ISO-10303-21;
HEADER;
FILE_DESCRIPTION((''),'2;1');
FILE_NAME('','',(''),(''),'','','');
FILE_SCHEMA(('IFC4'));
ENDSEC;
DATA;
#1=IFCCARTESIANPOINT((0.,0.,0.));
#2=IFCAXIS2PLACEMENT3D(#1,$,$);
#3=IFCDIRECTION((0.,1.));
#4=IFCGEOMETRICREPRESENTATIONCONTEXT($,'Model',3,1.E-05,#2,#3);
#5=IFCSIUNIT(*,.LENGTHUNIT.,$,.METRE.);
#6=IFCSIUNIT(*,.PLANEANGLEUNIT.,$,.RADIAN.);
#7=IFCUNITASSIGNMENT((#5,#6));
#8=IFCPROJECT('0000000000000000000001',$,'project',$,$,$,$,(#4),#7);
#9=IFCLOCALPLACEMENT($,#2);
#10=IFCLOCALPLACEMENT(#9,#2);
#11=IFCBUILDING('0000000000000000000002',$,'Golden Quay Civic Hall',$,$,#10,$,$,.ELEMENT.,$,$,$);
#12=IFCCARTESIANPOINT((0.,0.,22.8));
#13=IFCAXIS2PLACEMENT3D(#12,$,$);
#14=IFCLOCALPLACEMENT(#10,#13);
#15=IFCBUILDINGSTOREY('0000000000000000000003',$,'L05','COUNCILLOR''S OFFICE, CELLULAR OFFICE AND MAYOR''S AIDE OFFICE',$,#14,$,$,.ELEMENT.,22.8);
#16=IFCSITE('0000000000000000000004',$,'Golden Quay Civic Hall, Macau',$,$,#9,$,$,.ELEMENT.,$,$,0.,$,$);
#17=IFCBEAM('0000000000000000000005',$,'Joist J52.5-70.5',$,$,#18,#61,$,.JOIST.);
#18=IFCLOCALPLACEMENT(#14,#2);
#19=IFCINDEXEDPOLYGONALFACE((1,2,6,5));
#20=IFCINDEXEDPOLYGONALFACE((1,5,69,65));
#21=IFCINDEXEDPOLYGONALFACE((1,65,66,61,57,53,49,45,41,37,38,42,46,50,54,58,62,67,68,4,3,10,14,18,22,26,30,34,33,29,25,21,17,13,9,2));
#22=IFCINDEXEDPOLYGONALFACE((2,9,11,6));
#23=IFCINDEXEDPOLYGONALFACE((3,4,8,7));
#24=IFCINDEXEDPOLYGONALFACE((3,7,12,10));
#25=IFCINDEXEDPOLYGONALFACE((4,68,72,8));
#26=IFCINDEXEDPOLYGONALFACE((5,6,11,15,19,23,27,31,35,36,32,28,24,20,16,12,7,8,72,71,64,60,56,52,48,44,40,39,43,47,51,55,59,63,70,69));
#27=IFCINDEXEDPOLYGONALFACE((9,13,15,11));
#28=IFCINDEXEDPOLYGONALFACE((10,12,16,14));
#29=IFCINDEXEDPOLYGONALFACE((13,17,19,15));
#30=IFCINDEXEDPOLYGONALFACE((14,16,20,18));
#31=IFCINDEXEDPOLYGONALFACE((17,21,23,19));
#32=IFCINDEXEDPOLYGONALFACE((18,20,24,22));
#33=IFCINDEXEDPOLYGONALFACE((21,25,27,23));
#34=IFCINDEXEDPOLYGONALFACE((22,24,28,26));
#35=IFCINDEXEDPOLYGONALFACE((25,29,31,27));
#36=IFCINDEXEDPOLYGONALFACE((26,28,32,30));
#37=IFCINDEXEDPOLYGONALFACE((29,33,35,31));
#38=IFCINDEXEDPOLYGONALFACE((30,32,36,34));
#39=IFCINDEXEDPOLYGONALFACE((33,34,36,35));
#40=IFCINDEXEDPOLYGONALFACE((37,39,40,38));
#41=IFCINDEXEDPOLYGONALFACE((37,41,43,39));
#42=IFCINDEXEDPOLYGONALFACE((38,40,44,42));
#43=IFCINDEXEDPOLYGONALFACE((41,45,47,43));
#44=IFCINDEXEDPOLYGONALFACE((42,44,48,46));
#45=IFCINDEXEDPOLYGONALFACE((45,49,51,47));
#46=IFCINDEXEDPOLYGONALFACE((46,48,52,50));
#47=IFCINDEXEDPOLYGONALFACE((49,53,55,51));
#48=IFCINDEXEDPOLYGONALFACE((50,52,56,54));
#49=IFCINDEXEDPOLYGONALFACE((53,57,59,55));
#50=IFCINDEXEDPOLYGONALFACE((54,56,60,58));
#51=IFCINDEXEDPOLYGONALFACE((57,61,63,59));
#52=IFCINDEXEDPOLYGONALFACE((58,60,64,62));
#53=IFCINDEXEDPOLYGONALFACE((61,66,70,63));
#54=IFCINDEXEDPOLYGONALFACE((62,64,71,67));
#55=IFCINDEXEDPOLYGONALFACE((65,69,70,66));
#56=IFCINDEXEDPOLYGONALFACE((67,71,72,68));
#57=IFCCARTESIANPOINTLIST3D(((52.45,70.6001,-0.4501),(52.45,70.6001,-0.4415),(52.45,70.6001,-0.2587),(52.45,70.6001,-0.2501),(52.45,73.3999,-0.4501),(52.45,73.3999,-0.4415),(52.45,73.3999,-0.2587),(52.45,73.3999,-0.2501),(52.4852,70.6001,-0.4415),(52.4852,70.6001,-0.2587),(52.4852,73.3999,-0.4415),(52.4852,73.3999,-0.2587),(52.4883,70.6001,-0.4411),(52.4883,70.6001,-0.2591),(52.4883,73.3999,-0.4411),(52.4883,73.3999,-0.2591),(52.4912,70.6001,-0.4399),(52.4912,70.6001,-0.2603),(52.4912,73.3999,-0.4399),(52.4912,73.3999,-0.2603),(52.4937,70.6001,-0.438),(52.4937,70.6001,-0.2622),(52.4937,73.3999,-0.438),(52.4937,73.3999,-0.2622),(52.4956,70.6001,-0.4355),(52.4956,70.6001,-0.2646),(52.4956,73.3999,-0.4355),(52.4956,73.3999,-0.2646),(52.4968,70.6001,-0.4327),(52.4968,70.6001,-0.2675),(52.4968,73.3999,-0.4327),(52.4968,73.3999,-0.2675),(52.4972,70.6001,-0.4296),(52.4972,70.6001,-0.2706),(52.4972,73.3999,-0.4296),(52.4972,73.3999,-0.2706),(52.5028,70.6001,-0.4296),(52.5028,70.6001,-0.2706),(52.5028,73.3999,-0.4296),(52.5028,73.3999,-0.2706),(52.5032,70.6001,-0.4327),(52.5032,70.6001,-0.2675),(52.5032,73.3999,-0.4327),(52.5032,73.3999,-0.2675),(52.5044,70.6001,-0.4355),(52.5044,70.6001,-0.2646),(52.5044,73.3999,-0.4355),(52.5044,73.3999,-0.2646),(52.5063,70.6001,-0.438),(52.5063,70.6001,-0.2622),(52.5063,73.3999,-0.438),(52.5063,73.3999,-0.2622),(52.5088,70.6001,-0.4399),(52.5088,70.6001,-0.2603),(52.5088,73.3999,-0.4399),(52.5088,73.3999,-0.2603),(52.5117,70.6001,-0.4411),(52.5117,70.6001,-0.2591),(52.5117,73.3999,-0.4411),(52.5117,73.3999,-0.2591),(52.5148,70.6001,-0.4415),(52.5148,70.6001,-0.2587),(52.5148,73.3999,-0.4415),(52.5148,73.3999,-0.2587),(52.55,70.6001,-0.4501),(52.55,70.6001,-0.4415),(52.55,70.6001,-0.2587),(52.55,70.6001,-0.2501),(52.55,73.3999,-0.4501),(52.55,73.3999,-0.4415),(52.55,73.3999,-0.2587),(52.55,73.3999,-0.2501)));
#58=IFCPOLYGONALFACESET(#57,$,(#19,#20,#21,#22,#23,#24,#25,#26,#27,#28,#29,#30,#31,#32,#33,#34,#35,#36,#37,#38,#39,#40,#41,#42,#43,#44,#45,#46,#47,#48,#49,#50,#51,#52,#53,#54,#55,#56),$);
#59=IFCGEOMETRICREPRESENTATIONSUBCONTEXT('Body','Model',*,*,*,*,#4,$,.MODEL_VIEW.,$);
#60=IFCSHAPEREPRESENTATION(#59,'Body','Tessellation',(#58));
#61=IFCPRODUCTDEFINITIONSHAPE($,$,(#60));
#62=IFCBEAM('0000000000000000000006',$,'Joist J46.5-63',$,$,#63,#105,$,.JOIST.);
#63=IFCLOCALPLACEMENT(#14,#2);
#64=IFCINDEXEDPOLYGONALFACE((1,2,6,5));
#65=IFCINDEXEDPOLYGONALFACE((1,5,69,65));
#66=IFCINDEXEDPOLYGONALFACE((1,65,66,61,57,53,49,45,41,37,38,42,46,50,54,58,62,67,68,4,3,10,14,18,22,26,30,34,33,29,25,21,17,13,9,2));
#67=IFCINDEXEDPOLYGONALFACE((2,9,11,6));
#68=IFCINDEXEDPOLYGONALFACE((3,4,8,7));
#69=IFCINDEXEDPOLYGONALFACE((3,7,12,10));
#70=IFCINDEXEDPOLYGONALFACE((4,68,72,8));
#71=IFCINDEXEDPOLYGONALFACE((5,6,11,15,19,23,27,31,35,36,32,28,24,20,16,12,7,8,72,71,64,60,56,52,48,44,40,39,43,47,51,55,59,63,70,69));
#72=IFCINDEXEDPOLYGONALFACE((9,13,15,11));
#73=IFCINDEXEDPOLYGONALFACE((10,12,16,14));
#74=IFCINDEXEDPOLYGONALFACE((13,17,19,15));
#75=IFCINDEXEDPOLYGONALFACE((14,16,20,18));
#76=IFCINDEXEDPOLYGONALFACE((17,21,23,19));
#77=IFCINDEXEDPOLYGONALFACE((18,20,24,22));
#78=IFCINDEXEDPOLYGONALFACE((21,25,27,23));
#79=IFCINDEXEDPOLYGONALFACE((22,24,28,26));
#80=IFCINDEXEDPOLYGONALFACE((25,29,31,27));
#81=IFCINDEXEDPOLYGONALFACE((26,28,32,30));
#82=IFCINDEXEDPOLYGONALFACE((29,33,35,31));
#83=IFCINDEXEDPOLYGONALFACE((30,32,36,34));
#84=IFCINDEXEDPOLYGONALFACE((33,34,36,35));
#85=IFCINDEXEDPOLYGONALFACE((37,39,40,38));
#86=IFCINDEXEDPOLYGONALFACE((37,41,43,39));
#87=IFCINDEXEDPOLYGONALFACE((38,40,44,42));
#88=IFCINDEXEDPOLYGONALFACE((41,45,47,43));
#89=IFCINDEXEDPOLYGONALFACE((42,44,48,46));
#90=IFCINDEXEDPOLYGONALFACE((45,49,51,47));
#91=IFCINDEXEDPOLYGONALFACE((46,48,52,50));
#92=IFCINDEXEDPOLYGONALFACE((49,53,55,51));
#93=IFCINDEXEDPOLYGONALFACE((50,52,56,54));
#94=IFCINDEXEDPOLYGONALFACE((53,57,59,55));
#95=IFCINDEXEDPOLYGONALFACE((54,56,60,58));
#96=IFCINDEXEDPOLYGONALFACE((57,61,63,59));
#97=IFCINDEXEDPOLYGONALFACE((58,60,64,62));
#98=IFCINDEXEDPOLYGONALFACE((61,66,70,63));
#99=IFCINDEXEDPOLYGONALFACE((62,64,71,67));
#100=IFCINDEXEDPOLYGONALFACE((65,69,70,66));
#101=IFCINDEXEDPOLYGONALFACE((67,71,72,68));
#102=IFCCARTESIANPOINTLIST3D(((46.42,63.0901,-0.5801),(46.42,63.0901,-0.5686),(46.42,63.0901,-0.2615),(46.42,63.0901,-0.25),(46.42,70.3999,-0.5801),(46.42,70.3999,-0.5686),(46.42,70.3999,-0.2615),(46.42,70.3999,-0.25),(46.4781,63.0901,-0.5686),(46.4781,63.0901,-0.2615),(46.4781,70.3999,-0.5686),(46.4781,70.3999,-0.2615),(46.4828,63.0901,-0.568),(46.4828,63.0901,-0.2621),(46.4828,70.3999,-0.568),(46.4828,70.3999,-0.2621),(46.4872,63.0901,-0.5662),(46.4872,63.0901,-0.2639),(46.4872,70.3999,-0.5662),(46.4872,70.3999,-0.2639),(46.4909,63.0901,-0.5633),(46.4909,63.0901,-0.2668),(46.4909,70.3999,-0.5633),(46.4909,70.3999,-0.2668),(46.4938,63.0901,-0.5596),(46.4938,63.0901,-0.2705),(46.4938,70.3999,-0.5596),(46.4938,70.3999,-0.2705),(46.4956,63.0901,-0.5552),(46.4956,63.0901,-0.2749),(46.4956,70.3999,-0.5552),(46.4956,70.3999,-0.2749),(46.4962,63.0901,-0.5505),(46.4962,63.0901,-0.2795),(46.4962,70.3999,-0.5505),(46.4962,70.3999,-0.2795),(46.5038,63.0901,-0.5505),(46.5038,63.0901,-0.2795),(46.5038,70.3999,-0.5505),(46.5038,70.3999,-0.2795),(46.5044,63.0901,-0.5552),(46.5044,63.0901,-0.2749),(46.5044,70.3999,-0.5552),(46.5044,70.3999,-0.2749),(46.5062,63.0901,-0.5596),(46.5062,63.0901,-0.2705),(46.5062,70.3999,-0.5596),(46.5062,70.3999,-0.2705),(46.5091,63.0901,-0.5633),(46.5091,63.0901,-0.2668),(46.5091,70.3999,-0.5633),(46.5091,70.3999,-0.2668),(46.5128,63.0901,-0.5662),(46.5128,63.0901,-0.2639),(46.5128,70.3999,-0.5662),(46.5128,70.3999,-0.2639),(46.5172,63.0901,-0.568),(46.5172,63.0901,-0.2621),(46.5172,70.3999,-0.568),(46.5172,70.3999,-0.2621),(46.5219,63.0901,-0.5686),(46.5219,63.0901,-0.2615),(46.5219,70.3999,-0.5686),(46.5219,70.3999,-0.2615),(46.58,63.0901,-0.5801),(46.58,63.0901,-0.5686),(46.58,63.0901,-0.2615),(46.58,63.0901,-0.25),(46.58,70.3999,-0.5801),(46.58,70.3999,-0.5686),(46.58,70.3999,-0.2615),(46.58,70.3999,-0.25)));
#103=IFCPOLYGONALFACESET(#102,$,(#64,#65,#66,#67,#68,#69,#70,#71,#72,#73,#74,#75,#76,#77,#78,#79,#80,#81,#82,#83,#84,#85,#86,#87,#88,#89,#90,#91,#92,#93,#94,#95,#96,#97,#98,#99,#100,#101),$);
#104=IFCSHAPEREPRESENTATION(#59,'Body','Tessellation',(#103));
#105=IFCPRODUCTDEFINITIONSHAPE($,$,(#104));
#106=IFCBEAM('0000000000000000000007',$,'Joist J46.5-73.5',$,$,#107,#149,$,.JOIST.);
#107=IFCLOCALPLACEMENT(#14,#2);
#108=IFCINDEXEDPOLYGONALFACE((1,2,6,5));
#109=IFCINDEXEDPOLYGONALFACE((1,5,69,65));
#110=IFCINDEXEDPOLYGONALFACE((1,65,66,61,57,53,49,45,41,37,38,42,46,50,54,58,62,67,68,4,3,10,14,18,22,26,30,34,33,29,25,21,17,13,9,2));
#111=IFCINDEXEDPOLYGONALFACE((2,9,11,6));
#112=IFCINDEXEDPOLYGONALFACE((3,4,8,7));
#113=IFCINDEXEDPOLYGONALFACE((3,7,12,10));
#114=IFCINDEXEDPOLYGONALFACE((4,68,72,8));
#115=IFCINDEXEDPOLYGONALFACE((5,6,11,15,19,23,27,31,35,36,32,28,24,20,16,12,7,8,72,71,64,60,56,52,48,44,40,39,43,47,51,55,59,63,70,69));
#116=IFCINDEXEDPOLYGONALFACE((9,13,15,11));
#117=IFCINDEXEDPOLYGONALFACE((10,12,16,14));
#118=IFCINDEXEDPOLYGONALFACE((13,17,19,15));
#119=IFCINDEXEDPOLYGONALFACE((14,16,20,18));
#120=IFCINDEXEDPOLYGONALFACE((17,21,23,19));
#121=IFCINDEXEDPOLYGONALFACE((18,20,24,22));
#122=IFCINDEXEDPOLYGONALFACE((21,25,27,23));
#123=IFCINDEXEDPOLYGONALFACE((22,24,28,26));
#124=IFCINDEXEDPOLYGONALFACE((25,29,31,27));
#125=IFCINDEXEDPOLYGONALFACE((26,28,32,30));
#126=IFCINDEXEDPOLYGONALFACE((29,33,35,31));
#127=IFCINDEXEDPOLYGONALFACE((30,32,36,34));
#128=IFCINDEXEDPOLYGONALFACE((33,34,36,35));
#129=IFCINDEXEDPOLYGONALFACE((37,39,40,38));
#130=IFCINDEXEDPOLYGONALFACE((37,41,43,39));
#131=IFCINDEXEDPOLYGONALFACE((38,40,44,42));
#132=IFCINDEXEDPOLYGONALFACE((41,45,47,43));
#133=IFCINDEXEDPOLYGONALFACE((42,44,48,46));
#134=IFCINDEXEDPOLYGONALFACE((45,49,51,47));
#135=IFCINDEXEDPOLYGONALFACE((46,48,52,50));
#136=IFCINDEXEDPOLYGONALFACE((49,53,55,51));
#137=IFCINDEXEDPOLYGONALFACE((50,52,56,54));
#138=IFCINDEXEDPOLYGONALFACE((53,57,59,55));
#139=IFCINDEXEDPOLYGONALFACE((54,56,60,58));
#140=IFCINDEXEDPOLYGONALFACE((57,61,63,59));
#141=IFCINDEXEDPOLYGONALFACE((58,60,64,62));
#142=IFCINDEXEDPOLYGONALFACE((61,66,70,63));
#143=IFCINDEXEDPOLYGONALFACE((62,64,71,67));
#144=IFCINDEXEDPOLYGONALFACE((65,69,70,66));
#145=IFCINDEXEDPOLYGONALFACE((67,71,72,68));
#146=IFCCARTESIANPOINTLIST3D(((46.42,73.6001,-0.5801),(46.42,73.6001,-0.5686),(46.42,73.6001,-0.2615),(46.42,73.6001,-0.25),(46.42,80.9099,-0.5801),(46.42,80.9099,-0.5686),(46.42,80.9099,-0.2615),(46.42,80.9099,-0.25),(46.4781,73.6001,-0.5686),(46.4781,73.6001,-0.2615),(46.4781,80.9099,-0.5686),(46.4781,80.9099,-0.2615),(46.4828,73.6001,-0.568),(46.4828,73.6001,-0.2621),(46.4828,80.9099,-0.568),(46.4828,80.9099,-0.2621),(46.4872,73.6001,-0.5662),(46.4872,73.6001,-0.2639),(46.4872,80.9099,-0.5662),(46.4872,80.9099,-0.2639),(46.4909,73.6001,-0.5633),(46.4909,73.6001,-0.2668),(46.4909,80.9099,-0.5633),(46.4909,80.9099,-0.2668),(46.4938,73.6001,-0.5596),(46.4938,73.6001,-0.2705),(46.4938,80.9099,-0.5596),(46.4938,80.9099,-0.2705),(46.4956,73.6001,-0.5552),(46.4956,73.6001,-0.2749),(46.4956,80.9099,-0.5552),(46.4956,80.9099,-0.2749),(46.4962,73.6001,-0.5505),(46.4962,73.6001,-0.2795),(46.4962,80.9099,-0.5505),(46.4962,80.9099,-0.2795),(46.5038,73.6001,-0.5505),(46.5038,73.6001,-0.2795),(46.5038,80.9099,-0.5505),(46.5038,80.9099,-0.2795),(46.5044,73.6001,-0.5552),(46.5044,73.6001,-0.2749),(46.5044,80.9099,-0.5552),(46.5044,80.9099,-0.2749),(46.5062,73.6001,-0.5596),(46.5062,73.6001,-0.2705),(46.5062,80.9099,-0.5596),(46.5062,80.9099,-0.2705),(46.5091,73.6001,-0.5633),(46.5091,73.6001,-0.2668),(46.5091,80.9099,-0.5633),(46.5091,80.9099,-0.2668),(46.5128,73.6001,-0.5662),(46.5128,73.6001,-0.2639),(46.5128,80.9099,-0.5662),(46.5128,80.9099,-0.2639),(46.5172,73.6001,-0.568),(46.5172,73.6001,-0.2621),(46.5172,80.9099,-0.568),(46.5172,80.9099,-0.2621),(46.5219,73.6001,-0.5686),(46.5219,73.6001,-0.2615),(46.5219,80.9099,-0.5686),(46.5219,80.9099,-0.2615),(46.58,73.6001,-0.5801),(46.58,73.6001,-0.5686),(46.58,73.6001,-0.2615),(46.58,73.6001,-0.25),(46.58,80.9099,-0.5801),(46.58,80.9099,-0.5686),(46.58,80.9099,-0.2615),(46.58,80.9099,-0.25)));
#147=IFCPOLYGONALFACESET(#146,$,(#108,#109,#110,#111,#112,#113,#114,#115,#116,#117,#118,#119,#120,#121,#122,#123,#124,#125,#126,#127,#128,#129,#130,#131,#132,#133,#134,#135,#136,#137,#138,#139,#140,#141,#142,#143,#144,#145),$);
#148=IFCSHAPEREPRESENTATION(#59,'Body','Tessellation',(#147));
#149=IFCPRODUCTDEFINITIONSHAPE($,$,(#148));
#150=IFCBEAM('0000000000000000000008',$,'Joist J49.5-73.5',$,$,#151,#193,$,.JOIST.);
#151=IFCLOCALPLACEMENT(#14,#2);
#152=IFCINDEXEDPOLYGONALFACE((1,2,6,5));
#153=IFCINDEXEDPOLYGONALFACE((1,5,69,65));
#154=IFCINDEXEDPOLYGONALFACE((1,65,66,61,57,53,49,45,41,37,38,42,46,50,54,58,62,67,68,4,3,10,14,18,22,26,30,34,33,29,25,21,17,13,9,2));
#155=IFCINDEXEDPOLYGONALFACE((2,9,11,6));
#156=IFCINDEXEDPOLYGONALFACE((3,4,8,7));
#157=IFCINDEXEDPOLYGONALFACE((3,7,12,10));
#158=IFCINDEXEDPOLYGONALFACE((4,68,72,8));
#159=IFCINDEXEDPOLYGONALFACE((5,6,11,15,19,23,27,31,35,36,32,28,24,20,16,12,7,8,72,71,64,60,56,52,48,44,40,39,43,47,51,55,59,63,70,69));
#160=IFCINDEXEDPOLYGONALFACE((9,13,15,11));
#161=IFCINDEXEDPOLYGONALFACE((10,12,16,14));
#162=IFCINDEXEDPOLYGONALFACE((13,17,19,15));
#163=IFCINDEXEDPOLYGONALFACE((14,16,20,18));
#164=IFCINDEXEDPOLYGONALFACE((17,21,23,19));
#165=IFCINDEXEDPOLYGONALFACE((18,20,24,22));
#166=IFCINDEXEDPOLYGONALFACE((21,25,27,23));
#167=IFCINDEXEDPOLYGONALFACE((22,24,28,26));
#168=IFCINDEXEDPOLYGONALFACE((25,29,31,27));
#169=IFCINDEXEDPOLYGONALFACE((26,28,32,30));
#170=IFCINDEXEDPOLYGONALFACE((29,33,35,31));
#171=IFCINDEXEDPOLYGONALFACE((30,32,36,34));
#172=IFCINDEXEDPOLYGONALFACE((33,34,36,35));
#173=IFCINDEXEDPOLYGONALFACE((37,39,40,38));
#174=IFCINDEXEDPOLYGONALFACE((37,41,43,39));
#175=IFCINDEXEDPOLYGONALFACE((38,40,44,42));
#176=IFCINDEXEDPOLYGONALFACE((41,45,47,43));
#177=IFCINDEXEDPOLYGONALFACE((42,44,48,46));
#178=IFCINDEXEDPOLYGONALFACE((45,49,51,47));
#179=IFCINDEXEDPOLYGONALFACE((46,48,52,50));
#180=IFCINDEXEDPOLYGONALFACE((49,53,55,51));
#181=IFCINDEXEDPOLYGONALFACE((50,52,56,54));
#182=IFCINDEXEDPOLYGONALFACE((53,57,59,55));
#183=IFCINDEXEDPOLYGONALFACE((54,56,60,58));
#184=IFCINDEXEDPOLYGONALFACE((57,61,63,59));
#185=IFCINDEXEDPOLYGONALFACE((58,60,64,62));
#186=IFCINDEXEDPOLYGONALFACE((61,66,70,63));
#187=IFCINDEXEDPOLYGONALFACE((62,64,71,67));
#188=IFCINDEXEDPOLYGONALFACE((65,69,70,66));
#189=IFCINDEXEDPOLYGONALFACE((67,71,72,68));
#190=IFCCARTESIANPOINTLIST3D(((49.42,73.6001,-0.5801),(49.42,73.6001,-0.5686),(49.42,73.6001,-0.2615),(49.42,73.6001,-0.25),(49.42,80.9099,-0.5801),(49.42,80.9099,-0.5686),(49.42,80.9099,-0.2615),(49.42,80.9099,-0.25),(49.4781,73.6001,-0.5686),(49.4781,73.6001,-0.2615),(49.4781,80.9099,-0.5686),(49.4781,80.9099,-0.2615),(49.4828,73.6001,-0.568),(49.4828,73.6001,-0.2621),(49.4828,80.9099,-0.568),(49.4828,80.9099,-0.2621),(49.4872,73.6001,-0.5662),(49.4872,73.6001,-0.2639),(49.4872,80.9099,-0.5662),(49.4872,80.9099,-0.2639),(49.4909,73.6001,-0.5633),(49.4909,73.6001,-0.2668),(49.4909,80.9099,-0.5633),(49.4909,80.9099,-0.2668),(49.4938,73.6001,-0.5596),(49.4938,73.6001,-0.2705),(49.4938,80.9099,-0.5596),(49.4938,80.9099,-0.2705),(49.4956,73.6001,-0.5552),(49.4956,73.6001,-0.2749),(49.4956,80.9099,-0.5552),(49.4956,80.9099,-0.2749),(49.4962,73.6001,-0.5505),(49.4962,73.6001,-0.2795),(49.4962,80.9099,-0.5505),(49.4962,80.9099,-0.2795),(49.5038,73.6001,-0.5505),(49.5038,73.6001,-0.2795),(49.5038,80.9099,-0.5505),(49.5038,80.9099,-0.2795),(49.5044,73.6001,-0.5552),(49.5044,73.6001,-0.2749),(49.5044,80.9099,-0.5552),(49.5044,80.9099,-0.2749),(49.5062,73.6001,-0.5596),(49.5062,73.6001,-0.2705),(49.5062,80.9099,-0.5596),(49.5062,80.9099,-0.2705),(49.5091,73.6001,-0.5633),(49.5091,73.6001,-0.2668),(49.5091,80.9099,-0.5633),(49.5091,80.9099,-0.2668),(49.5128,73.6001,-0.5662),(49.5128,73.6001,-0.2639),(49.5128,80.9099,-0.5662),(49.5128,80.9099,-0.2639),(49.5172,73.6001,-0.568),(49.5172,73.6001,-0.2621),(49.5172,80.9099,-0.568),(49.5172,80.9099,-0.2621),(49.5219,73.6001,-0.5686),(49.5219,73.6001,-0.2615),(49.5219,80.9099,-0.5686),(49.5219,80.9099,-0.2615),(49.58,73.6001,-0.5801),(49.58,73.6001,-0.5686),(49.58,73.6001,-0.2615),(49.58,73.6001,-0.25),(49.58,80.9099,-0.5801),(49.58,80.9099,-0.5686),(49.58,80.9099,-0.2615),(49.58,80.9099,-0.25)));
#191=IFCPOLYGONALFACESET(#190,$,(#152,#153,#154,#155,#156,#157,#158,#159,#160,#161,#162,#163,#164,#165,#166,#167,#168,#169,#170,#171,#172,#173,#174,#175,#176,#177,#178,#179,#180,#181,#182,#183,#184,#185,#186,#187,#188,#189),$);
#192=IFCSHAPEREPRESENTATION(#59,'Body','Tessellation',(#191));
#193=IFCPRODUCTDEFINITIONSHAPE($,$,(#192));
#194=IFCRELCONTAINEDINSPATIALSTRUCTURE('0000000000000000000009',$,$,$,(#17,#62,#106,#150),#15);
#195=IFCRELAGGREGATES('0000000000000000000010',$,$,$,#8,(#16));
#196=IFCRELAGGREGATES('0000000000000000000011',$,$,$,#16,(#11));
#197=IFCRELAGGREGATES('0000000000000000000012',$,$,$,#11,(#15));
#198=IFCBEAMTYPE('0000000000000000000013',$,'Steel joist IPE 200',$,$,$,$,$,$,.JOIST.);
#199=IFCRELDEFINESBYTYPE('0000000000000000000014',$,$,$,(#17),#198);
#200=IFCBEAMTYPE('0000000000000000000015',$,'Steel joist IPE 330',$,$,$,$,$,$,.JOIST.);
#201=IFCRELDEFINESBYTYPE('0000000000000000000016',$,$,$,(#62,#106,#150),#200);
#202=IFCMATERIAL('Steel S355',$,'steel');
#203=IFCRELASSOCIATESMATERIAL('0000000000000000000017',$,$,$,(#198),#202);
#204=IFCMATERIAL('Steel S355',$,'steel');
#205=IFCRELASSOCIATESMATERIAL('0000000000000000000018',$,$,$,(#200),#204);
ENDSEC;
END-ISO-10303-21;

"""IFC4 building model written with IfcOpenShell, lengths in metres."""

from ifc_helpers import new_model, si_unit, direction, frame, origin, origin_2d, place, context, subcontext, project, spatial, i_section, extrude, material, material_profile, profile_set, type_object, element, save


model = new_model("IFC4")

# Units and contexts
model_context = context("Model", 3, precision=1e-05, world=origin(), true_north=direction((0.0, 1.0)))
body_context = subcontext(model_context, "Body", "Model", "MODEL_VIEW")
ifc_project = project(units=[si_unit("LENGTHUNIT", "METRE"), si_unit("PLANEANGLEUNIT", "RADIAN")], contexts=[model_context])

# Site, building, storey
site_placement = place(None, origin())
site = spatial("IfcSite", under=ifc_project, at=site_placement, Name="Golden Quay Civic Hall, Macau", CompositionType="ELEMENT", RefElevation=0.0)
building_placement = place(site_placement, origin())
building = spatial("IfcBuilding", under=site, at=building_placement, Name="Golden Quay Civic Hall", CompositionType="ELEMENT")
storey_placement = place(building_placement, frame((0.0, 0.0, 22.8)))
storey = spatial("IfcBuildingStorey", under=building, at=storey_placement, Name="L05", Description="COUNCILLOR'S OFFICE, CELLULAR OFFICE AND MAYOR'S AIDE OFFICE", CompositionType="ELEMENT", Elevation=22.8)

# Beams
ifc_material_1 = material(Name="Steel S355", Category="steel")
ifc_material_profile_1 = material_profile(ifc_material_1, i_section(OverallWidth=0.1001, OverallDepth=0.2, WebThickness=0.0056, FlangeThickness=0.0085, FilletRadius=0.012, at=origin_2d()), Name="IPE 200")
ifc_profile_set_1 = profile_set([ifc_material_profile_1], Name="Steel S355")
beam_type_1 = type_object("IfcBeamType", Name="Steel joist IPE 200", PredefinedType="JOIST", material=ifc_profile_set_1)
for number, where, z_axis, x_axis, name in (
    (1, (52.5, 70.6001, -0.3501), (0.0, 1.0, 0.0), (-1.0, 0.0, 0.0), "Joist J52.5-70.5"),
):
    element("IfcBeam", number, at=place(storey_placement, frame(where, z_axis=z_axis, x_axis=x_axis)), inside=storey, type_object=beam_type_1, Name=name, PredefinedType="JOIST", context=body_context, shape_type="SweptSolid", body=[
        extrude(i_section(OverallWidth=0.1001, OverallDepth=0.2, WebThickness=0.0056, FlangeThickness=0.0085, FilletRadius=0.012, at=origin_2d()), origin(), (0.0, 0.0, 1.0), 2.7998),
    ])
ifc_material_2 = material(Name="Steel S355", Category="steel")
ifc_material_profile_2 = material_profile(ifc_material_2, i_section(OverallWidth=0.1599, OverallDepth=0.3301, WebThickness=0.0076, FlangeThickness=0.0115, FilletRadius=0.0181, at=origin_2d()), Name="IPE 330")
ifc_profile_set_2 = profile_set([ifc_material_profile_2], Name="Steel S355")
beam_type_2 = type_object("IfcBeamType", Name="Steel joist IPE 330", PredefinedType="JOIST", material=ifc_profile_set_2)
for number, where, z_axis, x_axis, name in (
    (2, (46.5, 63.0901, -0.415), (0.0, 1.0, 0.0), (-1.0, 0.0, 0.0), "Joist J46.5-63"),
    (3, (46.5, 73.6001, -0.415), (0.0, 1.0, 0.0), (-1.0, 0.0, 0.0), "Joist J46.5-73.5"),
    (4, (49.5, 73.6001, -0.415), (0.0, 1.0, 0.0), (-1.0, 0.0, 0.0), "Joist J49.5-73.5"),
):
    element("IfcBeam", number, at=place(storey_placement, frame(where, z_axis=z_axis, x_axis=x_axis)), inside=storey, type_object=beam_type_2, Name=name, PredefinedType="JOIST", context=body_context, shape_type="SweptSolid", body=[
        extrude(i_section(OverallWidth=0.1599, OverallDepth=0.3301, WebThickness=0.0076, FlangeThickness=0.0115, FilletRadius=0.0181, at=origin_2d()), origin(), (0.0, 0.0, 1.0), 7.3098),
    ])

save(model, "model.ifc")
